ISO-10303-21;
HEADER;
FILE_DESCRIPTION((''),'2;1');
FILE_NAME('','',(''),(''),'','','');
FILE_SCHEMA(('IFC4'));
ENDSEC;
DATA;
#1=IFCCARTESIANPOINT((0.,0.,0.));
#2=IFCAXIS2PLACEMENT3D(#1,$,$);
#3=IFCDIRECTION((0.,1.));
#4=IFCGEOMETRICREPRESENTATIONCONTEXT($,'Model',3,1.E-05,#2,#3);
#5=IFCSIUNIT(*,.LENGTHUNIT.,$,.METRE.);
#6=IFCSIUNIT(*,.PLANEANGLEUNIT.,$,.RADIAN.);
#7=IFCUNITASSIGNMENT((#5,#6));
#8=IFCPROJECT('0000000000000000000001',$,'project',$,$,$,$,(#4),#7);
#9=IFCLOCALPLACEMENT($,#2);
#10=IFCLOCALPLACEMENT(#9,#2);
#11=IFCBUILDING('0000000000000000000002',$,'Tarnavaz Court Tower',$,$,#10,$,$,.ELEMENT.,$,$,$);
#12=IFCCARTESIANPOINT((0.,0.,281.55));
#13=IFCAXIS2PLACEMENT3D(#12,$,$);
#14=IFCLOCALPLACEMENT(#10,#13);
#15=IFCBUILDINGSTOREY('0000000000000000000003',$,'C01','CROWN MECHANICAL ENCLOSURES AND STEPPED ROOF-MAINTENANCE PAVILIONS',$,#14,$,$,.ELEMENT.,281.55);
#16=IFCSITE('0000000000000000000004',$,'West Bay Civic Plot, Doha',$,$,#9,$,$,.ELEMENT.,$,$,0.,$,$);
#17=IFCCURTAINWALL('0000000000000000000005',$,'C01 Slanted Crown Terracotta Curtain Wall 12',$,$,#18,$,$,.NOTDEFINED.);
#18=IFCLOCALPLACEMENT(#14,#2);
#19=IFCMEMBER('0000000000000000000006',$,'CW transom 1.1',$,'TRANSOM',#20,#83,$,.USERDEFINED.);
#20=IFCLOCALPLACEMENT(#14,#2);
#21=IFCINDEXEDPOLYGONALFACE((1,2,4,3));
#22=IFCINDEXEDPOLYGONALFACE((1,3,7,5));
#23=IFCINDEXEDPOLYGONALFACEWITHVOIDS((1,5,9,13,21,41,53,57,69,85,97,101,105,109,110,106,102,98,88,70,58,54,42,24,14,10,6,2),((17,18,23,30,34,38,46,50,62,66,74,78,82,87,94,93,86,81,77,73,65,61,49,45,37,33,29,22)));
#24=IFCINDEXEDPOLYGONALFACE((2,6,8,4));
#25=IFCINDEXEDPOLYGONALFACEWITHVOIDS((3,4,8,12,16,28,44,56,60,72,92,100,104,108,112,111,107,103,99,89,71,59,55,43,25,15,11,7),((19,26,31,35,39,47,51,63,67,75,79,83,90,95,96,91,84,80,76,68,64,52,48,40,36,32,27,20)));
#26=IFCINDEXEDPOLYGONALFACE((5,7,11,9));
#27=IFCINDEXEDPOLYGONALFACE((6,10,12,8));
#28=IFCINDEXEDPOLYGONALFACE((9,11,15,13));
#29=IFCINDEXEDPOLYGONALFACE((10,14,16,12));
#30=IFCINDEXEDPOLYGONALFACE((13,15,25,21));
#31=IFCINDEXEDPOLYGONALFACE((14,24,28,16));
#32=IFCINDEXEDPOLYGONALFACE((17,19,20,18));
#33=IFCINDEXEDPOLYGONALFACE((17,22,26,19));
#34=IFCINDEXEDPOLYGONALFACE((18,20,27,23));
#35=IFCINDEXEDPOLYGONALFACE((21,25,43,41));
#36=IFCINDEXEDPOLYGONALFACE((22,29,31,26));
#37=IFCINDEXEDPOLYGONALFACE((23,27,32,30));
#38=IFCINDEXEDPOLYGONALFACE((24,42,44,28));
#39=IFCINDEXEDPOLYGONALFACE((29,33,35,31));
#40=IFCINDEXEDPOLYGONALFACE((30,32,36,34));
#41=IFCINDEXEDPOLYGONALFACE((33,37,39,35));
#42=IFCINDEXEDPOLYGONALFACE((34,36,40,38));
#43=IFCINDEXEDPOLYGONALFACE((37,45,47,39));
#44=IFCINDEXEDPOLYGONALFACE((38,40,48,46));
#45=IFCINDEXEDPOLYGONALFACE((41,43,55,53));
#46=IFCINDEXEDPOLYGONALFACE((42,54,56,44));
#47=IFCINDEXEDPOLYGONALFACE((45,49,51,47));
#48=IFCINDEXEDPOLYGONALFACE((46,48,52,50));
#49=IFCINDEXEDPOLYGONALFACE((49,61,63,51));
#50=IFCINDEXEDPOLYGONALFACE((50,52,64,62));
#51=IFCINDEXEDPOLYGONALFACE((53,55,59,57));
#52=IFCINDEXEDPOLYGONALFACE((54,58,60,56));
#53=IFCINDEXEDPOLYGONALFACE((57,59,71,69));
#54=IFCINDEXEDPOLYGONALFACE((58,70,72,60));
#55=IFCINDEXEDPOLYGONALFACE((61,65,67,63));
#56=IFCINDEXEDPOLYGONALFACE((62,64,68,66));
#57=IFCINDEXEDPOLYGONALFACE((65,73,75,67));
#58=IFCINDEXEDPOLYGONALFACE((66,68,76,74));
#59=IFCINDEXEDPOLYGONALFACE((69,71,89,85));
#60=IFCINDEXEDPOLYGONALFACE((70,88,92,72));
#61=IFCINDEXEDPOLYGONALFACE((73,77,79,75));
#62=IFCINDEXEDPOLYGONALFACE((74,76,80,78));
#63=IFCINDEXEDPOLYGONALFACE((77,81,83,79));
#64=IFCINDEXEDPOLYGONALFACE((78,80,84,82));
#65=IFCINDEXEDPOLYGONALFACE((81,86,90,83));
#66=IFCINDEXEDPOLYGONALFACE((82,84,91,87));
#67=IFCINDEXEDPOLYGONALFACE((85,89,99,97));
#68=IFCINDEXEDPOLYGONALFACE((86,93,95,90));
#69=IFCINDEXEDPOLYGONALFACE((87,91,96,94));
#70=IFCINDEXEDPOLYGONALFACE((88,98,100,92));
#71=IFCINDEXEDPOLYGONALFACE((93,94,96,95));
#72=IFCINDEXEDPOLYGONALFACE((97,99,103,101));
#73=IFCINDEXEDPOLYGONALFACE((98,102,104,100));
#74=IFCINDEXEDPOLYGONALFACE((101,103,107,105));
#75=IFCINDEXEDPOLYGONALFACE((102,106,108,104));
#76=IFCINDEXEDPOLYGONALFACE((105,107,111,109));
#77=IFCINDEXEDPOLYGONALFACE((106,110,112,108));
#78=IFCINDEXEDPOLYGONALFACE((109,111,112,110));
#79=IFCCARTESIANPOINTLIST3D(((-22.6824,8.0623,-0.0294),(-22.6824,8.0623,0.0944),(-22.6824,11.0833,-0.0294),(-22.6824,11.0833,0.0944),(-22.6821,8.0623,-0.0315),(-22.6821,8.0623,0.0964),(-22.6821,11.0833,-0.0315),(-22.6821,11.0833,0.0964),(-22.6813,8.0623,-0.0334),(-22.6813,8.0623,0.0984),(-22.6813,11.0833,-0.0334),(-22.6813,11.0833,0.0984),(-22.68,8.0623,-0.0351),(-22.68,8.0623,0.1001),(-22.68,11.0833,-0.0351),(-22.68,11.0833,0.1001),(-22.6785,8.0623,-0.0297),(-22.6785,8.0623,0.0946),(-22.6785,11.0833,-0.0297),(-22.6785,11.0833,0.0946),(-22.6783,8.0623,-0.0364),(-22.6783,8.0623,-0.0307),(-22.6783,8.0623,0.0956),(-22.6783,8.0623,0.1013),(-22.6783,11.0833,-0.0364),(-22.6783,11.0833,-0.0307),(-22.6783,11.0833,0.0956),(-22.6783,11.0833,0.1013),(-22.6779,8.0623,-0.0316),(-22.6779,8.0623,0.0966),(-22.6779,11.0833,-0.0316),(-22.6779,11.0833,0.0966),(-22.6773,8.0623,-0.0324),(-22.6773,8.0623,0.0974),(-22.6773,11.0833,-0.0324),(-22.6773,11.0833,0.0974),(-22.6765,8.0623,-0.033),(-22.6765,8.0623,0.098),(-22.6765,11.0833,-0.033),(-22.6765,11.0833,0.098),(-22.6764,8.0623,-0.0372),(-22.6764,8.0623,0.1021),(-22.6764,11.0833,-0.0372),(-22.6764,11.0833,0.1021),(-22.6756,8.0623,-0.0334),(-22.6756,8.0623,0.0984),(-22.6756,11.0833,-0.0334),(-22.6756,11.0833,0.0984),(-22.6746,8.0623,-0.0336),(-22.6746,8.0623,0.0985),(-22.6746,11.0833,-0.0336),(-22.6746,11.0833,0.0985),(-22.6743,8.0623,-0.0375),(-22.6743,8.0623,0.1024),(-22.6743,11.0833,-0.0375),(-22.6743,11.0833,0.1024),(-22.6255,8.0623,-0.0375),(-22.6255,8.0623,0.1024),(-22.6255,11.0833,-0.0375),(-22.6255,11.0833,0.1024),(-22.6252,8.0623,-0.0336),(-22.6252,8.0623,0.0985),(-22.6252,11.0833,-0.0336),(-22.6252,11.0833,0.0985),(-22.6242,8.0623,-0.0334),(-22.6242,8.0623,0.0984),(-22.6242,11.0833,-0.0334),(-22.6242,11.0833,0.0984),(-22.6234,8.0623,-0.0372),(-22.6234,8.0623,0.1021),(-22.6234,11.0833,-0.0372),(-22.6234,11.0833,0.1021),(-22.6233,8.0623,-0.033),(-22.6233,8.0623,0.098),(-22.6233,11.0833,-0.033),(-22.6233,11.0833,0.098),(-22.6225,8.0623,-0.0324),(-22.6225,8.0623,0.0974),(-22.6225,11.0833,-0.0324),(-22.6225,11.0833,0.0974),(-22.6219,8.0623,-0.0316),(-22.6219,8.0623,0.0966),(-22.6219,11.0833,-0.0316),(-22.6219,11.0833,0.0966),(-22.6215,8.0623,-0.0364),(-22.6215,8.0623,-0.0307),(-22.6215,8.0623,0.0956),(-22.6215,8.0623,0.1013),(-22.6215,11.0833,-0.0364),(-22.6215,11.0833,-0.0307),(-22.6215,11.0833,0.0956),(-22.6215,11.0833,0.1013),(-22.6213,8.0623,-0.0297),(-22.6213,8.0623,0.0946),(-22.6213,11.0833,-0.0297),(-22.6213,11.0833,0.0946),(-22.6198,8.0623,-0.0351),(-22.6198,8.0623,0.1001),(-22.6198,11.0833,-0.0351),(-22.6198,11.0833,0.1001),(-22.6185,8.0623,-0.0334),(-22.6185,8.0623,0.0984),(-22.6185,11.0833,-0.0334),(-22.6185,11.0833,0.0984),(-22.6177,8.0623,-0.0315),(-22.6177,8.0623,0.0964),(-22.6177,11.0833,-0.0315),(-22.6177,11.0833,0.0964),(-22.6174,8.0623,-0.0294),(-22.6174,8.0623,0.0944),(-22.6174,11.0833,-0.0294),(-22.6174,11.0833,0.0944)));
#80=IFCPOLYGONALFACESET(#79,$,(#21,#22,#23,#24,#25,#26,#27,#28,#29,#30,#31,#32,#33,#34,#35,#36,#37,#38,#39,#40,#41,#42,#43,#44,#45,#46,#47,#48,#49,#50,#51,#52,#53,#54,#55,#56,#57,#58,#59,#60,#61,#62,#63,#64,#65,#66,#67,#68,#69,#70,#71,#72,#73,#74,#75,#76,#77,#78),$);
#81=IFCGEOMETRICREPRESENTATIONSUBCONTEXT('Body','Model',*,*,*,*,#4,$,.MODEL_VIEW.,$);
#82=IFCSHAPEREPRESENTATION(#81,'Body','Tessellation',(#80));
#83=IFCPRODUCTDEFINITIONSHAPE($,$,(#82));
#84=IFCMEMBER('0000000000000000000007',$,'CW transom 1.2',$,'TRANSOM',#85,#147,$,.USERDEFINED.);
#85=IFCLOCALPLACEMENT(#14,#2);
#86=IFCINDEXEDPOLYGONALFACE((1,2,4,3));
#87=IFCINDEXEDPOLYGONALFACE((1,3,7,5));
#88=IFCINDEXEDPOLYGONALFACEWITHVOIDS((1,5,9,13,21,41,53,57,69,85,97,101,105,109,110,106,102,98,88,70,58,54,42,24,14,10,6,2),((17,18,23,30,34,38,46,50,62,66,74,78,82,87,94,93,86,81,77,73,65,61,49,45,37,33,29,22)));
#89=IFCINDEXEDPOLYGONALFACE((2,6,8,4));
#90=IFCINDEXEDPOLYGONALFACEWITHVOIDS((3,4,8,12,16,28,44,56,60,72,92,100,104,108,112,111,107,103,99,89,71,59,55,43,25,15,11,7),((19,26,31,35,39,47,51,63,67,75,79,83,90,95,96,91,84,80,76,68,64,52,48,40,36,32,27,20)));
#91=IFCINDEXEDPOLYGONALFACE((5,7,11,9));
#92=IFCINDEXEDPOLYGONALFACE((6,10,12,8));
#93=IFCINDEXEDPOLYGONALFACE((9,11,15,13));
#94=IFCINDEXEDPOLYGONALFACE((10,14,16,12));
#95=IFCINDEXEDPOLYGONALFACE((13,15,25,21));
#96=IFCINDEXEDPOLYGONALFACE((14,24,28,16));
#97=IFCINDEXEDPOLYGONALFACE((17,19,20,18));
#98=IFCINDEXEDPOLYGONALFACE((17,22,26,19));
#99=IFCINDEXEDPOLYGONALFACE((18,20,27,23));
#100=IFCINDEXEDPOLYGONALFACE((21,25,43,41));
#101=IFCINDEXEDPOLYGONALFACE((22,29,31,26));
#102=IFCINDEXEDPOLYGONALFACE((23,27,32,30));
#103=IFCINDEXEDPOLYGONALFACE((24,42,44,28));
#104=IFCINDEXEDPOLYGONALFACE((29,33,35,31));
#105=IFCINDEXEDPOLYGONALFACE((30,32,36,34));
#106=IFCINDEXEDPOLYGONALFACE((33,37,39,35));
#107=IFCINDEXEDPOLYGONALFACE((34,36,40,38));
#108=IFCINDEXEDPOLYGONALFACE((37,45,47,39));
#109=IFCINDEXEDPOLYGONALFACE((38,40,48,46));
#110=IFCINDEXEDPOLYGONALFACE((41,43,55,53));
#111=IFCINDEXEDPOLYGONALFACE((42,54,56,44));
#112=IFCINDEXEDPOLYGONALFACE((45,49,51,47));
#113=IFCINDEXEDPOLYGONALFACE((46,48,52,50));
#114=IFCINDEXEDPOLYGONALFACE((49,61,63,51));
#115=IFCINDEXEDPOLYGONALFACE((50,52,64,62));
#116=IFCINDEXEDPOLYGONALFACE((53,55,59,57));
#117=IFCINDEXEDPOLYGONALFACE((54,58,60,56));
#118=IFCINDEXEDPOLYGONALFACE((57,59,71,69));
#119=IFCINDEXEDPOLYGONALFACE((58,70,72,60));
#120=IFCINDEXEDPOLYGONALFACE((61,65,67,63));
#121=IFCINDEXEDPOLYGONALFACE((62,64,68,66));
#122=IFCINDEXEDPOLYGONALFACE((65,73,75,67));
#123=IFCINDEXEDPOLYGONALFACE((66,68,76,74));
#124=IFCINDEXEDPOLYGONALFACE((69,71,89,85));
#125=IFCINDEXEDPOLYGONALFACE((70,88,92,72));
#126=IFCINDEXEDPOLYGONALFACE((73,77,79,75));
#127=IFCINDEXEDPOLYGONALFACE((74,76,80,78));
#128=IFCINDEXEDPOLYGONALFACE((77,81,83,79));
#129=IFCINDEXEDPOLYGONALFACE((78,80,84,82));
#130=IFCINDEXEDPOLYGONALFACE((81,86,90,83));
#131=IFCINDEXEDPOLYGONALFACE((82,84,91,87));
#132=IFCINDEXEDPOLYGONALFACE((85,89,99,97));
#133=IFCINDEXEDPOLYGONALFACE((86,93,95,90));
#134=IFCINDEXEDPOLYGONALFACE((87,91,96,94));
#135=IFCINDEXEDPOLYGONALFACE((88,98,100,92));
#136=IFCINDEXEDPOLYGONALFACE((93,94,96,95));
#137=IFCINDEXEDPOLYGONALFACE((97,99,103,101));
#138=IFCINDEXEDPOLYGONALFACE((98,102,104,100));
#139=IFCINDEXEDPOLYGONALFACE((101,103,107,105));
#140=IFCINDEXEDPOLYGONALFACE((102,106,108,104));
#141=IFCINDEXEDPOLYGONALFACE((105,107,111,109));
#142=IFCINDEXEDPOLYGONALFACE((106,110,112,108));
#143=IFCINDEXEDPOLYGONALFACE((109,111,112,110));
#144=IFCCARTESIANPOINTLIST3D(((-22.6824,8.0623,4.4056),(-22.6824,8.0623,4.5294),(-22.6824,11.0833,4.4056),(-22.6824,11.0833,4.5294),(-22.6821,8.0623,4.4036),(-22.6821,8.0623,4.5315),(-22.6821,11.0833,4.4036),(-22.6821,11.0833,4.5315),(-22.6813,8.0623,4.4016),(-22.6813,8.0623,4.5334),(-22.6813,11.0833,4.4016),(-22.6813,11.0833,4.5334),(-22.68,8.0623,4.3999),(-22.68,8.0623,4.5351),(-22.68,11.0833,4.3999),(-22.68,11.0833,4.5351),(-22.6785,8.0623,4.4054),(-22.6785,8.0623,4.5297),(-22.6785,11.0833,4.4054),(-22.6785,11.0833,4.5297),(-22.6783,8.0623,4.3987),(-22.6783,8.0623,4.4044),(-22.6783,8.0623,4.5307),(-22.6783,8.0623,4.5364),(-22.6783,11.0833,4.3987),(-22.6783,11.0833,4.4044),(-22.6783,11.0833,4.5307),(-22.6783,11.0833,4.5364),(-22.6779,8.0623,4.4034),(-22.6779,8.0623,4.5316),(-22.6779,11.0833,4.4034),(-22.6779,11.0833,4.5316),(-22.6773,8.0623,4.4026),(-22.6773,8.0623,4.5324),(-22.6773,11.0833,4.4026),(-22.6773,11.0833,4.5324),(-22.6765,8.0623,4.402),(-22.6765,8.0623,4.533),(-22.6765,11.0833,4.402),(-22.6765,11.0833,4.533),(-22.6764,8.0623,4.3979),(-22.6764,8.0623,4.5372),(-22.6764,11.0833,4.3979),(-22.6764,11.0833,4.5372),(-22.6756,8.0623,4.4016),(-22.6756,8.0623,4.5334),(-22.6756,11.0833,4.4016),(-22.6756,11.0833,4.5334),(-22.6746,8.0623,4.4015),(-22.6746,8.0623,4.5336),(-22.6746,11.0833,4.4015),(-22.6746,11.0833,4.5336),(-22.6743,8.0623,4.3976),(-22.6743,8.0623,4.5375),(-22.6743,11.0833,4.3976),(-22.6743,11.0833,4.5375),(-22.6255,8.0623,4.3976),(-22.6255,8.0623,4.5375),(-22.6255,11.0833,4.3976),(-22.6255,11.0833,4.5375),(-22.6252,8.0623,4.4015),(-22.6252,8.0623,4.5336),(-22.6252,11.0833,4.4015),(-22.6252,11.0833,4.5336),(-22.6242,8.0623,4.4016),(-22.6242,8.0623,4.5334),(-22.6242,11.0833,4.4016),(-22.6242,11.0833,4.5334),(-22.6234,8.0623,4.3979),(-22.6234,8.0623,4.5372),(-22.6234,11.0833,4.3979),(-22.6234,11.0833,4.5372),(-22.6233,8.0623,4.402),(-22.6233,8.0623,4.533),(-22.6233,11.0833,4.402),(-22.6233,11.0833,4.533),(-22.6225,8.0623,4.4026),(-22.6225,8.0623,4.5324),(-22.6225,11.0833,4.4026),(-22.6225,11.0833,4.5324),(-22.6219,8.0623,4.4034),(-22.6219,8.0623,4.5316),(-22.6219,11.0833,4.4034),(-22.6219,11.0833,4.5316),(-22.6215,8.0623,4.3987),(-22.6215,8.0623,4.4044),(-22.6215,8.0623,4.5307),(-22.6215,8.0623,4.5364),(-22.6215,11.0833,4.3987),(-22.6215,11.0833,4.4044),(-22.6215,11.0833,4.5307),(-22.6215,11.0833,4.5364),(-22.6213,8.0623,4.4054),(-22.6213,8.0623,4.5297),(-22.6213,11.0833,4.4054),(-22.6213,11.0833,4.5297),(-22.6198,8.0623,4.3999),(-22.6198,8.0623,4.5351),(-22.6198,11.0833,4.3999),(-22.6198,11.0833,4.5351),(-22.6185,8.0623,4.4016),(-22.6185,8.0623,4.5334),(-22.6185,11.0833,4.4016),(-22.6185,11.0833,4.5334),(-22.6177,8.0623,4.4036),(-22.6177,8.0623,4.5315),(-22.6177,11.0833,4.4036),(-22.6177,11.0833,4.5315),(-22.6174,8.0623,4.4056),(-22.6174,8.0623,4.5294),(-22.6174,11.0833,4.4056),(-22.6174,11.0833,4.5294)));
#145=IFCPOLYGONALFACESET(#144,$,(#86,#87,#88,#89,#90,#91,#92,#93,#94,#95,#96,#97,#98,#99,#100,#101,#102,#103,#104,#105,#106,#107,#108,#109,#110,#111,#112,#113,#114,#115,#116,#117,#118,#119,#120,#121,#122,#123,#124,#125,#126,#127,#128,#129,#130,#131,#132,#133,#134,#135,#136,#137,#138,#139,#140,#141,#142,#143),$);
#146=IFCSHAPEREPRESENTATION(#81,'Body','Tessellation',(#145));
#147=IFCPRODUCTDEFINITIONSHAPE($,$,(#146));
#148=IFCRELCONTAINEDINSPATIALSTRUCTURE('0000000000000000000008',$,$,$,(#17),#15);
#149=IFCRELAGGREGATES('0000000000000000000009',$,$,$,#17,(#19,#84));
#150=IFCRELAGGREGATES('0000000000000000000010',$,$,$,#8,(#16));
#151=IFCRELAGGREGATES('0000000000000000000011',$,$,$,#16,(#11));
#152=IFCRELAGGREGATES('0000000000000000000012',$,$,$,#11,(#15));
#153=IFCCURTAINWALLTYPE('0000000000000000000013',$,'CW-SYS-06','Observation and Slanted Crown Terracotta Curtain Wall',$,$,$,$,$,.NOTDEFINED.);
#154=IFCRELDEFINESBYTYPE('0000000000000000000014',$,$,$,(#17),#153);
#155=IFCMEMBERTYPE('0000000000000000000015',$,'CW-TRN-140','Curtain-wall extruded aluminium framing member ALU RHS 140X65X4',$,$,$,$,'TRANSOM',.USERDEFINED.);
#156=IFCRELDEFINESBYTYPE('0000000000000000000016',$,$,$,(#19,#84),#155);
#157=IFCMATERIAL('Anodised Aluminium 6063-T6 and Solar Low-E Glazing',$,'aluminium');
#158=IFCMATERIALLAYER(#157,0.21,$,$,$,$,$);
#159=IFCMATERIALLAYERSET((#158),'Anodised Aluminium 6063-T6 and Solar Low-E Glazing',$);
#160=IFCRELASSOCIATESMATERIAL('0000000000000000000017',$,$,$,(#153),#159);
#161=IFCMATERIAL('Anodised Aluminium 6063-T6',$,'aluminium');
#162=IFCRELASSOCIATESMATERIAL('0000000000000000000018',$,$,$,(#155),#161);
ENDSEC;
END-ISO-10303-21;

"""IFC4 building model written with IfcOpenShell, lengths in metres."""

from ifc_helpers import new_model, si_unit, direction, frame, origin, origin_2d, place, context, subcontext, project, spatial, hollow_rectangle, extrude, material, layer, layer_set, material_profile, profile_set, type_object, element, aggregate, save


model = new_model("IFC4")

# Units and contexts
model_context = context("Model", 3, precision=1e-05, world=origin(), true_north=direction((0.0, 1.0)))
body_context = subcontext(model_context, "Body", "Model", "MODEL_VIEW")
ifc_project = project(units=[si_unit("LENGTHUNIT", "METRE"), si_unit("PLANEANGLEUNIT", "RADIAN")], contexts=[model_context])

# Site, building, storey
site_placement = place(None, origin())
site = spatial("IfcSite", under=ifc_project, at=site_placement, Name="West Bay Civic Plot, Doha", CompositionType="ELEMENT", RefElevation=0.0)
building_placement = place(site_placement, origin())
building = spatial("IfcBuilding", under=site, at=building_placement, Name="Tarnavaz Court Tower", CompositionType="ELEMENT")
storey_placement = place(building_placement, frame((0.0, 0.0, 281.55)))
storey = spatial("IfcBuildingStorey", under=building, at=storey_placement, Name="C01", Description="CROWN MECHANICAL ENCLOSURES AND STEPPED ROOF-MAINTENANCE PAVILIONS", CompositionType="ELEMENT", Elevation=281.55)

# Shared definitions
ifc_material_1 = material(Name="Anodised Aluminium 6063-T6 and Solar Low-E Glazing", Category="aluminium")
ifc_layer_1 = layer(ifc_material_1, 0.21)
ifc_layer_set_1 = layer_set([ifc_layer_1], Name="Anodised Aluminium 6063-T6 and Solar Low-E Glazing")
curtain_wall_type = type_object("IfcCurtainWallType", Name="CW-SYS-06", Description="Observation and Slanted Crown Terracotta Curtain Wall", PredefinedType="NOTDEFINED", material=ifc_layer_set_1)
ifc_material_2 = material(Name="Anodised Aluminium 6063-T6", Category="aluminium")

# Curtain wall
curtain_wall_1_placement = place(storey_placement, origin())
curtain_wall_1 = element("IfcCurtainWall", 1, at=curtain_wall_1_placement, inside=storey, type_object=curtain_wall_type, Name="C01 Slanted Crown Terracotta Curtain Wall 12", PredefinedType="NOTDEFINED")

# Members
ifc_material_profile_1 = material_profile(ifc_material_2, hollow_rectangle(XDim=0.0649, YDim=0.1399, WallThickness=0.0039, InnerFilletRadius=0.0039, OuterFilletRadius=0.0081, at=origin_2d()), Name="ALU RHS 140X65X4")
ifc_profile_set_1 = profile_set([ifc_material_profile_1], Name="Anodised Aluminium 6063-T6")
member_type_1 = type_object("IfcMemberType", Name="CW-TRN-140", Description="Curtain-wall extruded aluminium framing member ALU RHS 140X65X4", ElementType="TRANSOM", PredefinedType="USERDEFINED", material=ifc_profile_set_1)
member_1_placement = place(storey_placement, frame((-22.6499, 8.0623, 0.0325), z_axis=(0.0, 1.0, 0.0), x_axis=(-1.0, 0.0, 0.0)))
member_1 = element("IfcMember", 2, at=member_1_placement, type_object=member_type_1, Name="CW transom 1.1", ObjectType="TRANSOM", PredefinedType="USERDEFINED", context=body_context, shape_type="SweptSolid", body=[
    extrude(hollow_rectangle(XDim=0.0649, YDim=0.1399, WallThickness=0.0039, InnerFilletRadius=0.0039, OuterFilletRadius=0.0081, at=origin_2d()), origin(), (0.0, 0.0, 1.0), 3.021),
])
member_2_placement = place(storey_placement, frame((-22.6499, 8.0623, 4.4675), z_axis=(0.0, 1.0, 0.0), x_axis=(-1.0, 0.0, 0.0)))
member_2 = element("IfcMember", 3, at=member_2_placement, type_object=member_type_1, Name="CW transom 1.2", ObjectType="TRANSOM", PredefinedType="USERDEFINED", context=body_context, shape_type="SweptSolid", body=[
    extrude(hollow_rectangle(XDim=0.0649, YDim=0.1399, WallThickness=0.0039, InnerFilletRadius=0.0039, OuterFilletRadius=0.0081, at=origin_2d()), origin(), (0.0, 0.0, 1.0), 3.021),
])

aggregate(curtain_wall_1, [member_1, member_2])

save(model, "model.ifc")
